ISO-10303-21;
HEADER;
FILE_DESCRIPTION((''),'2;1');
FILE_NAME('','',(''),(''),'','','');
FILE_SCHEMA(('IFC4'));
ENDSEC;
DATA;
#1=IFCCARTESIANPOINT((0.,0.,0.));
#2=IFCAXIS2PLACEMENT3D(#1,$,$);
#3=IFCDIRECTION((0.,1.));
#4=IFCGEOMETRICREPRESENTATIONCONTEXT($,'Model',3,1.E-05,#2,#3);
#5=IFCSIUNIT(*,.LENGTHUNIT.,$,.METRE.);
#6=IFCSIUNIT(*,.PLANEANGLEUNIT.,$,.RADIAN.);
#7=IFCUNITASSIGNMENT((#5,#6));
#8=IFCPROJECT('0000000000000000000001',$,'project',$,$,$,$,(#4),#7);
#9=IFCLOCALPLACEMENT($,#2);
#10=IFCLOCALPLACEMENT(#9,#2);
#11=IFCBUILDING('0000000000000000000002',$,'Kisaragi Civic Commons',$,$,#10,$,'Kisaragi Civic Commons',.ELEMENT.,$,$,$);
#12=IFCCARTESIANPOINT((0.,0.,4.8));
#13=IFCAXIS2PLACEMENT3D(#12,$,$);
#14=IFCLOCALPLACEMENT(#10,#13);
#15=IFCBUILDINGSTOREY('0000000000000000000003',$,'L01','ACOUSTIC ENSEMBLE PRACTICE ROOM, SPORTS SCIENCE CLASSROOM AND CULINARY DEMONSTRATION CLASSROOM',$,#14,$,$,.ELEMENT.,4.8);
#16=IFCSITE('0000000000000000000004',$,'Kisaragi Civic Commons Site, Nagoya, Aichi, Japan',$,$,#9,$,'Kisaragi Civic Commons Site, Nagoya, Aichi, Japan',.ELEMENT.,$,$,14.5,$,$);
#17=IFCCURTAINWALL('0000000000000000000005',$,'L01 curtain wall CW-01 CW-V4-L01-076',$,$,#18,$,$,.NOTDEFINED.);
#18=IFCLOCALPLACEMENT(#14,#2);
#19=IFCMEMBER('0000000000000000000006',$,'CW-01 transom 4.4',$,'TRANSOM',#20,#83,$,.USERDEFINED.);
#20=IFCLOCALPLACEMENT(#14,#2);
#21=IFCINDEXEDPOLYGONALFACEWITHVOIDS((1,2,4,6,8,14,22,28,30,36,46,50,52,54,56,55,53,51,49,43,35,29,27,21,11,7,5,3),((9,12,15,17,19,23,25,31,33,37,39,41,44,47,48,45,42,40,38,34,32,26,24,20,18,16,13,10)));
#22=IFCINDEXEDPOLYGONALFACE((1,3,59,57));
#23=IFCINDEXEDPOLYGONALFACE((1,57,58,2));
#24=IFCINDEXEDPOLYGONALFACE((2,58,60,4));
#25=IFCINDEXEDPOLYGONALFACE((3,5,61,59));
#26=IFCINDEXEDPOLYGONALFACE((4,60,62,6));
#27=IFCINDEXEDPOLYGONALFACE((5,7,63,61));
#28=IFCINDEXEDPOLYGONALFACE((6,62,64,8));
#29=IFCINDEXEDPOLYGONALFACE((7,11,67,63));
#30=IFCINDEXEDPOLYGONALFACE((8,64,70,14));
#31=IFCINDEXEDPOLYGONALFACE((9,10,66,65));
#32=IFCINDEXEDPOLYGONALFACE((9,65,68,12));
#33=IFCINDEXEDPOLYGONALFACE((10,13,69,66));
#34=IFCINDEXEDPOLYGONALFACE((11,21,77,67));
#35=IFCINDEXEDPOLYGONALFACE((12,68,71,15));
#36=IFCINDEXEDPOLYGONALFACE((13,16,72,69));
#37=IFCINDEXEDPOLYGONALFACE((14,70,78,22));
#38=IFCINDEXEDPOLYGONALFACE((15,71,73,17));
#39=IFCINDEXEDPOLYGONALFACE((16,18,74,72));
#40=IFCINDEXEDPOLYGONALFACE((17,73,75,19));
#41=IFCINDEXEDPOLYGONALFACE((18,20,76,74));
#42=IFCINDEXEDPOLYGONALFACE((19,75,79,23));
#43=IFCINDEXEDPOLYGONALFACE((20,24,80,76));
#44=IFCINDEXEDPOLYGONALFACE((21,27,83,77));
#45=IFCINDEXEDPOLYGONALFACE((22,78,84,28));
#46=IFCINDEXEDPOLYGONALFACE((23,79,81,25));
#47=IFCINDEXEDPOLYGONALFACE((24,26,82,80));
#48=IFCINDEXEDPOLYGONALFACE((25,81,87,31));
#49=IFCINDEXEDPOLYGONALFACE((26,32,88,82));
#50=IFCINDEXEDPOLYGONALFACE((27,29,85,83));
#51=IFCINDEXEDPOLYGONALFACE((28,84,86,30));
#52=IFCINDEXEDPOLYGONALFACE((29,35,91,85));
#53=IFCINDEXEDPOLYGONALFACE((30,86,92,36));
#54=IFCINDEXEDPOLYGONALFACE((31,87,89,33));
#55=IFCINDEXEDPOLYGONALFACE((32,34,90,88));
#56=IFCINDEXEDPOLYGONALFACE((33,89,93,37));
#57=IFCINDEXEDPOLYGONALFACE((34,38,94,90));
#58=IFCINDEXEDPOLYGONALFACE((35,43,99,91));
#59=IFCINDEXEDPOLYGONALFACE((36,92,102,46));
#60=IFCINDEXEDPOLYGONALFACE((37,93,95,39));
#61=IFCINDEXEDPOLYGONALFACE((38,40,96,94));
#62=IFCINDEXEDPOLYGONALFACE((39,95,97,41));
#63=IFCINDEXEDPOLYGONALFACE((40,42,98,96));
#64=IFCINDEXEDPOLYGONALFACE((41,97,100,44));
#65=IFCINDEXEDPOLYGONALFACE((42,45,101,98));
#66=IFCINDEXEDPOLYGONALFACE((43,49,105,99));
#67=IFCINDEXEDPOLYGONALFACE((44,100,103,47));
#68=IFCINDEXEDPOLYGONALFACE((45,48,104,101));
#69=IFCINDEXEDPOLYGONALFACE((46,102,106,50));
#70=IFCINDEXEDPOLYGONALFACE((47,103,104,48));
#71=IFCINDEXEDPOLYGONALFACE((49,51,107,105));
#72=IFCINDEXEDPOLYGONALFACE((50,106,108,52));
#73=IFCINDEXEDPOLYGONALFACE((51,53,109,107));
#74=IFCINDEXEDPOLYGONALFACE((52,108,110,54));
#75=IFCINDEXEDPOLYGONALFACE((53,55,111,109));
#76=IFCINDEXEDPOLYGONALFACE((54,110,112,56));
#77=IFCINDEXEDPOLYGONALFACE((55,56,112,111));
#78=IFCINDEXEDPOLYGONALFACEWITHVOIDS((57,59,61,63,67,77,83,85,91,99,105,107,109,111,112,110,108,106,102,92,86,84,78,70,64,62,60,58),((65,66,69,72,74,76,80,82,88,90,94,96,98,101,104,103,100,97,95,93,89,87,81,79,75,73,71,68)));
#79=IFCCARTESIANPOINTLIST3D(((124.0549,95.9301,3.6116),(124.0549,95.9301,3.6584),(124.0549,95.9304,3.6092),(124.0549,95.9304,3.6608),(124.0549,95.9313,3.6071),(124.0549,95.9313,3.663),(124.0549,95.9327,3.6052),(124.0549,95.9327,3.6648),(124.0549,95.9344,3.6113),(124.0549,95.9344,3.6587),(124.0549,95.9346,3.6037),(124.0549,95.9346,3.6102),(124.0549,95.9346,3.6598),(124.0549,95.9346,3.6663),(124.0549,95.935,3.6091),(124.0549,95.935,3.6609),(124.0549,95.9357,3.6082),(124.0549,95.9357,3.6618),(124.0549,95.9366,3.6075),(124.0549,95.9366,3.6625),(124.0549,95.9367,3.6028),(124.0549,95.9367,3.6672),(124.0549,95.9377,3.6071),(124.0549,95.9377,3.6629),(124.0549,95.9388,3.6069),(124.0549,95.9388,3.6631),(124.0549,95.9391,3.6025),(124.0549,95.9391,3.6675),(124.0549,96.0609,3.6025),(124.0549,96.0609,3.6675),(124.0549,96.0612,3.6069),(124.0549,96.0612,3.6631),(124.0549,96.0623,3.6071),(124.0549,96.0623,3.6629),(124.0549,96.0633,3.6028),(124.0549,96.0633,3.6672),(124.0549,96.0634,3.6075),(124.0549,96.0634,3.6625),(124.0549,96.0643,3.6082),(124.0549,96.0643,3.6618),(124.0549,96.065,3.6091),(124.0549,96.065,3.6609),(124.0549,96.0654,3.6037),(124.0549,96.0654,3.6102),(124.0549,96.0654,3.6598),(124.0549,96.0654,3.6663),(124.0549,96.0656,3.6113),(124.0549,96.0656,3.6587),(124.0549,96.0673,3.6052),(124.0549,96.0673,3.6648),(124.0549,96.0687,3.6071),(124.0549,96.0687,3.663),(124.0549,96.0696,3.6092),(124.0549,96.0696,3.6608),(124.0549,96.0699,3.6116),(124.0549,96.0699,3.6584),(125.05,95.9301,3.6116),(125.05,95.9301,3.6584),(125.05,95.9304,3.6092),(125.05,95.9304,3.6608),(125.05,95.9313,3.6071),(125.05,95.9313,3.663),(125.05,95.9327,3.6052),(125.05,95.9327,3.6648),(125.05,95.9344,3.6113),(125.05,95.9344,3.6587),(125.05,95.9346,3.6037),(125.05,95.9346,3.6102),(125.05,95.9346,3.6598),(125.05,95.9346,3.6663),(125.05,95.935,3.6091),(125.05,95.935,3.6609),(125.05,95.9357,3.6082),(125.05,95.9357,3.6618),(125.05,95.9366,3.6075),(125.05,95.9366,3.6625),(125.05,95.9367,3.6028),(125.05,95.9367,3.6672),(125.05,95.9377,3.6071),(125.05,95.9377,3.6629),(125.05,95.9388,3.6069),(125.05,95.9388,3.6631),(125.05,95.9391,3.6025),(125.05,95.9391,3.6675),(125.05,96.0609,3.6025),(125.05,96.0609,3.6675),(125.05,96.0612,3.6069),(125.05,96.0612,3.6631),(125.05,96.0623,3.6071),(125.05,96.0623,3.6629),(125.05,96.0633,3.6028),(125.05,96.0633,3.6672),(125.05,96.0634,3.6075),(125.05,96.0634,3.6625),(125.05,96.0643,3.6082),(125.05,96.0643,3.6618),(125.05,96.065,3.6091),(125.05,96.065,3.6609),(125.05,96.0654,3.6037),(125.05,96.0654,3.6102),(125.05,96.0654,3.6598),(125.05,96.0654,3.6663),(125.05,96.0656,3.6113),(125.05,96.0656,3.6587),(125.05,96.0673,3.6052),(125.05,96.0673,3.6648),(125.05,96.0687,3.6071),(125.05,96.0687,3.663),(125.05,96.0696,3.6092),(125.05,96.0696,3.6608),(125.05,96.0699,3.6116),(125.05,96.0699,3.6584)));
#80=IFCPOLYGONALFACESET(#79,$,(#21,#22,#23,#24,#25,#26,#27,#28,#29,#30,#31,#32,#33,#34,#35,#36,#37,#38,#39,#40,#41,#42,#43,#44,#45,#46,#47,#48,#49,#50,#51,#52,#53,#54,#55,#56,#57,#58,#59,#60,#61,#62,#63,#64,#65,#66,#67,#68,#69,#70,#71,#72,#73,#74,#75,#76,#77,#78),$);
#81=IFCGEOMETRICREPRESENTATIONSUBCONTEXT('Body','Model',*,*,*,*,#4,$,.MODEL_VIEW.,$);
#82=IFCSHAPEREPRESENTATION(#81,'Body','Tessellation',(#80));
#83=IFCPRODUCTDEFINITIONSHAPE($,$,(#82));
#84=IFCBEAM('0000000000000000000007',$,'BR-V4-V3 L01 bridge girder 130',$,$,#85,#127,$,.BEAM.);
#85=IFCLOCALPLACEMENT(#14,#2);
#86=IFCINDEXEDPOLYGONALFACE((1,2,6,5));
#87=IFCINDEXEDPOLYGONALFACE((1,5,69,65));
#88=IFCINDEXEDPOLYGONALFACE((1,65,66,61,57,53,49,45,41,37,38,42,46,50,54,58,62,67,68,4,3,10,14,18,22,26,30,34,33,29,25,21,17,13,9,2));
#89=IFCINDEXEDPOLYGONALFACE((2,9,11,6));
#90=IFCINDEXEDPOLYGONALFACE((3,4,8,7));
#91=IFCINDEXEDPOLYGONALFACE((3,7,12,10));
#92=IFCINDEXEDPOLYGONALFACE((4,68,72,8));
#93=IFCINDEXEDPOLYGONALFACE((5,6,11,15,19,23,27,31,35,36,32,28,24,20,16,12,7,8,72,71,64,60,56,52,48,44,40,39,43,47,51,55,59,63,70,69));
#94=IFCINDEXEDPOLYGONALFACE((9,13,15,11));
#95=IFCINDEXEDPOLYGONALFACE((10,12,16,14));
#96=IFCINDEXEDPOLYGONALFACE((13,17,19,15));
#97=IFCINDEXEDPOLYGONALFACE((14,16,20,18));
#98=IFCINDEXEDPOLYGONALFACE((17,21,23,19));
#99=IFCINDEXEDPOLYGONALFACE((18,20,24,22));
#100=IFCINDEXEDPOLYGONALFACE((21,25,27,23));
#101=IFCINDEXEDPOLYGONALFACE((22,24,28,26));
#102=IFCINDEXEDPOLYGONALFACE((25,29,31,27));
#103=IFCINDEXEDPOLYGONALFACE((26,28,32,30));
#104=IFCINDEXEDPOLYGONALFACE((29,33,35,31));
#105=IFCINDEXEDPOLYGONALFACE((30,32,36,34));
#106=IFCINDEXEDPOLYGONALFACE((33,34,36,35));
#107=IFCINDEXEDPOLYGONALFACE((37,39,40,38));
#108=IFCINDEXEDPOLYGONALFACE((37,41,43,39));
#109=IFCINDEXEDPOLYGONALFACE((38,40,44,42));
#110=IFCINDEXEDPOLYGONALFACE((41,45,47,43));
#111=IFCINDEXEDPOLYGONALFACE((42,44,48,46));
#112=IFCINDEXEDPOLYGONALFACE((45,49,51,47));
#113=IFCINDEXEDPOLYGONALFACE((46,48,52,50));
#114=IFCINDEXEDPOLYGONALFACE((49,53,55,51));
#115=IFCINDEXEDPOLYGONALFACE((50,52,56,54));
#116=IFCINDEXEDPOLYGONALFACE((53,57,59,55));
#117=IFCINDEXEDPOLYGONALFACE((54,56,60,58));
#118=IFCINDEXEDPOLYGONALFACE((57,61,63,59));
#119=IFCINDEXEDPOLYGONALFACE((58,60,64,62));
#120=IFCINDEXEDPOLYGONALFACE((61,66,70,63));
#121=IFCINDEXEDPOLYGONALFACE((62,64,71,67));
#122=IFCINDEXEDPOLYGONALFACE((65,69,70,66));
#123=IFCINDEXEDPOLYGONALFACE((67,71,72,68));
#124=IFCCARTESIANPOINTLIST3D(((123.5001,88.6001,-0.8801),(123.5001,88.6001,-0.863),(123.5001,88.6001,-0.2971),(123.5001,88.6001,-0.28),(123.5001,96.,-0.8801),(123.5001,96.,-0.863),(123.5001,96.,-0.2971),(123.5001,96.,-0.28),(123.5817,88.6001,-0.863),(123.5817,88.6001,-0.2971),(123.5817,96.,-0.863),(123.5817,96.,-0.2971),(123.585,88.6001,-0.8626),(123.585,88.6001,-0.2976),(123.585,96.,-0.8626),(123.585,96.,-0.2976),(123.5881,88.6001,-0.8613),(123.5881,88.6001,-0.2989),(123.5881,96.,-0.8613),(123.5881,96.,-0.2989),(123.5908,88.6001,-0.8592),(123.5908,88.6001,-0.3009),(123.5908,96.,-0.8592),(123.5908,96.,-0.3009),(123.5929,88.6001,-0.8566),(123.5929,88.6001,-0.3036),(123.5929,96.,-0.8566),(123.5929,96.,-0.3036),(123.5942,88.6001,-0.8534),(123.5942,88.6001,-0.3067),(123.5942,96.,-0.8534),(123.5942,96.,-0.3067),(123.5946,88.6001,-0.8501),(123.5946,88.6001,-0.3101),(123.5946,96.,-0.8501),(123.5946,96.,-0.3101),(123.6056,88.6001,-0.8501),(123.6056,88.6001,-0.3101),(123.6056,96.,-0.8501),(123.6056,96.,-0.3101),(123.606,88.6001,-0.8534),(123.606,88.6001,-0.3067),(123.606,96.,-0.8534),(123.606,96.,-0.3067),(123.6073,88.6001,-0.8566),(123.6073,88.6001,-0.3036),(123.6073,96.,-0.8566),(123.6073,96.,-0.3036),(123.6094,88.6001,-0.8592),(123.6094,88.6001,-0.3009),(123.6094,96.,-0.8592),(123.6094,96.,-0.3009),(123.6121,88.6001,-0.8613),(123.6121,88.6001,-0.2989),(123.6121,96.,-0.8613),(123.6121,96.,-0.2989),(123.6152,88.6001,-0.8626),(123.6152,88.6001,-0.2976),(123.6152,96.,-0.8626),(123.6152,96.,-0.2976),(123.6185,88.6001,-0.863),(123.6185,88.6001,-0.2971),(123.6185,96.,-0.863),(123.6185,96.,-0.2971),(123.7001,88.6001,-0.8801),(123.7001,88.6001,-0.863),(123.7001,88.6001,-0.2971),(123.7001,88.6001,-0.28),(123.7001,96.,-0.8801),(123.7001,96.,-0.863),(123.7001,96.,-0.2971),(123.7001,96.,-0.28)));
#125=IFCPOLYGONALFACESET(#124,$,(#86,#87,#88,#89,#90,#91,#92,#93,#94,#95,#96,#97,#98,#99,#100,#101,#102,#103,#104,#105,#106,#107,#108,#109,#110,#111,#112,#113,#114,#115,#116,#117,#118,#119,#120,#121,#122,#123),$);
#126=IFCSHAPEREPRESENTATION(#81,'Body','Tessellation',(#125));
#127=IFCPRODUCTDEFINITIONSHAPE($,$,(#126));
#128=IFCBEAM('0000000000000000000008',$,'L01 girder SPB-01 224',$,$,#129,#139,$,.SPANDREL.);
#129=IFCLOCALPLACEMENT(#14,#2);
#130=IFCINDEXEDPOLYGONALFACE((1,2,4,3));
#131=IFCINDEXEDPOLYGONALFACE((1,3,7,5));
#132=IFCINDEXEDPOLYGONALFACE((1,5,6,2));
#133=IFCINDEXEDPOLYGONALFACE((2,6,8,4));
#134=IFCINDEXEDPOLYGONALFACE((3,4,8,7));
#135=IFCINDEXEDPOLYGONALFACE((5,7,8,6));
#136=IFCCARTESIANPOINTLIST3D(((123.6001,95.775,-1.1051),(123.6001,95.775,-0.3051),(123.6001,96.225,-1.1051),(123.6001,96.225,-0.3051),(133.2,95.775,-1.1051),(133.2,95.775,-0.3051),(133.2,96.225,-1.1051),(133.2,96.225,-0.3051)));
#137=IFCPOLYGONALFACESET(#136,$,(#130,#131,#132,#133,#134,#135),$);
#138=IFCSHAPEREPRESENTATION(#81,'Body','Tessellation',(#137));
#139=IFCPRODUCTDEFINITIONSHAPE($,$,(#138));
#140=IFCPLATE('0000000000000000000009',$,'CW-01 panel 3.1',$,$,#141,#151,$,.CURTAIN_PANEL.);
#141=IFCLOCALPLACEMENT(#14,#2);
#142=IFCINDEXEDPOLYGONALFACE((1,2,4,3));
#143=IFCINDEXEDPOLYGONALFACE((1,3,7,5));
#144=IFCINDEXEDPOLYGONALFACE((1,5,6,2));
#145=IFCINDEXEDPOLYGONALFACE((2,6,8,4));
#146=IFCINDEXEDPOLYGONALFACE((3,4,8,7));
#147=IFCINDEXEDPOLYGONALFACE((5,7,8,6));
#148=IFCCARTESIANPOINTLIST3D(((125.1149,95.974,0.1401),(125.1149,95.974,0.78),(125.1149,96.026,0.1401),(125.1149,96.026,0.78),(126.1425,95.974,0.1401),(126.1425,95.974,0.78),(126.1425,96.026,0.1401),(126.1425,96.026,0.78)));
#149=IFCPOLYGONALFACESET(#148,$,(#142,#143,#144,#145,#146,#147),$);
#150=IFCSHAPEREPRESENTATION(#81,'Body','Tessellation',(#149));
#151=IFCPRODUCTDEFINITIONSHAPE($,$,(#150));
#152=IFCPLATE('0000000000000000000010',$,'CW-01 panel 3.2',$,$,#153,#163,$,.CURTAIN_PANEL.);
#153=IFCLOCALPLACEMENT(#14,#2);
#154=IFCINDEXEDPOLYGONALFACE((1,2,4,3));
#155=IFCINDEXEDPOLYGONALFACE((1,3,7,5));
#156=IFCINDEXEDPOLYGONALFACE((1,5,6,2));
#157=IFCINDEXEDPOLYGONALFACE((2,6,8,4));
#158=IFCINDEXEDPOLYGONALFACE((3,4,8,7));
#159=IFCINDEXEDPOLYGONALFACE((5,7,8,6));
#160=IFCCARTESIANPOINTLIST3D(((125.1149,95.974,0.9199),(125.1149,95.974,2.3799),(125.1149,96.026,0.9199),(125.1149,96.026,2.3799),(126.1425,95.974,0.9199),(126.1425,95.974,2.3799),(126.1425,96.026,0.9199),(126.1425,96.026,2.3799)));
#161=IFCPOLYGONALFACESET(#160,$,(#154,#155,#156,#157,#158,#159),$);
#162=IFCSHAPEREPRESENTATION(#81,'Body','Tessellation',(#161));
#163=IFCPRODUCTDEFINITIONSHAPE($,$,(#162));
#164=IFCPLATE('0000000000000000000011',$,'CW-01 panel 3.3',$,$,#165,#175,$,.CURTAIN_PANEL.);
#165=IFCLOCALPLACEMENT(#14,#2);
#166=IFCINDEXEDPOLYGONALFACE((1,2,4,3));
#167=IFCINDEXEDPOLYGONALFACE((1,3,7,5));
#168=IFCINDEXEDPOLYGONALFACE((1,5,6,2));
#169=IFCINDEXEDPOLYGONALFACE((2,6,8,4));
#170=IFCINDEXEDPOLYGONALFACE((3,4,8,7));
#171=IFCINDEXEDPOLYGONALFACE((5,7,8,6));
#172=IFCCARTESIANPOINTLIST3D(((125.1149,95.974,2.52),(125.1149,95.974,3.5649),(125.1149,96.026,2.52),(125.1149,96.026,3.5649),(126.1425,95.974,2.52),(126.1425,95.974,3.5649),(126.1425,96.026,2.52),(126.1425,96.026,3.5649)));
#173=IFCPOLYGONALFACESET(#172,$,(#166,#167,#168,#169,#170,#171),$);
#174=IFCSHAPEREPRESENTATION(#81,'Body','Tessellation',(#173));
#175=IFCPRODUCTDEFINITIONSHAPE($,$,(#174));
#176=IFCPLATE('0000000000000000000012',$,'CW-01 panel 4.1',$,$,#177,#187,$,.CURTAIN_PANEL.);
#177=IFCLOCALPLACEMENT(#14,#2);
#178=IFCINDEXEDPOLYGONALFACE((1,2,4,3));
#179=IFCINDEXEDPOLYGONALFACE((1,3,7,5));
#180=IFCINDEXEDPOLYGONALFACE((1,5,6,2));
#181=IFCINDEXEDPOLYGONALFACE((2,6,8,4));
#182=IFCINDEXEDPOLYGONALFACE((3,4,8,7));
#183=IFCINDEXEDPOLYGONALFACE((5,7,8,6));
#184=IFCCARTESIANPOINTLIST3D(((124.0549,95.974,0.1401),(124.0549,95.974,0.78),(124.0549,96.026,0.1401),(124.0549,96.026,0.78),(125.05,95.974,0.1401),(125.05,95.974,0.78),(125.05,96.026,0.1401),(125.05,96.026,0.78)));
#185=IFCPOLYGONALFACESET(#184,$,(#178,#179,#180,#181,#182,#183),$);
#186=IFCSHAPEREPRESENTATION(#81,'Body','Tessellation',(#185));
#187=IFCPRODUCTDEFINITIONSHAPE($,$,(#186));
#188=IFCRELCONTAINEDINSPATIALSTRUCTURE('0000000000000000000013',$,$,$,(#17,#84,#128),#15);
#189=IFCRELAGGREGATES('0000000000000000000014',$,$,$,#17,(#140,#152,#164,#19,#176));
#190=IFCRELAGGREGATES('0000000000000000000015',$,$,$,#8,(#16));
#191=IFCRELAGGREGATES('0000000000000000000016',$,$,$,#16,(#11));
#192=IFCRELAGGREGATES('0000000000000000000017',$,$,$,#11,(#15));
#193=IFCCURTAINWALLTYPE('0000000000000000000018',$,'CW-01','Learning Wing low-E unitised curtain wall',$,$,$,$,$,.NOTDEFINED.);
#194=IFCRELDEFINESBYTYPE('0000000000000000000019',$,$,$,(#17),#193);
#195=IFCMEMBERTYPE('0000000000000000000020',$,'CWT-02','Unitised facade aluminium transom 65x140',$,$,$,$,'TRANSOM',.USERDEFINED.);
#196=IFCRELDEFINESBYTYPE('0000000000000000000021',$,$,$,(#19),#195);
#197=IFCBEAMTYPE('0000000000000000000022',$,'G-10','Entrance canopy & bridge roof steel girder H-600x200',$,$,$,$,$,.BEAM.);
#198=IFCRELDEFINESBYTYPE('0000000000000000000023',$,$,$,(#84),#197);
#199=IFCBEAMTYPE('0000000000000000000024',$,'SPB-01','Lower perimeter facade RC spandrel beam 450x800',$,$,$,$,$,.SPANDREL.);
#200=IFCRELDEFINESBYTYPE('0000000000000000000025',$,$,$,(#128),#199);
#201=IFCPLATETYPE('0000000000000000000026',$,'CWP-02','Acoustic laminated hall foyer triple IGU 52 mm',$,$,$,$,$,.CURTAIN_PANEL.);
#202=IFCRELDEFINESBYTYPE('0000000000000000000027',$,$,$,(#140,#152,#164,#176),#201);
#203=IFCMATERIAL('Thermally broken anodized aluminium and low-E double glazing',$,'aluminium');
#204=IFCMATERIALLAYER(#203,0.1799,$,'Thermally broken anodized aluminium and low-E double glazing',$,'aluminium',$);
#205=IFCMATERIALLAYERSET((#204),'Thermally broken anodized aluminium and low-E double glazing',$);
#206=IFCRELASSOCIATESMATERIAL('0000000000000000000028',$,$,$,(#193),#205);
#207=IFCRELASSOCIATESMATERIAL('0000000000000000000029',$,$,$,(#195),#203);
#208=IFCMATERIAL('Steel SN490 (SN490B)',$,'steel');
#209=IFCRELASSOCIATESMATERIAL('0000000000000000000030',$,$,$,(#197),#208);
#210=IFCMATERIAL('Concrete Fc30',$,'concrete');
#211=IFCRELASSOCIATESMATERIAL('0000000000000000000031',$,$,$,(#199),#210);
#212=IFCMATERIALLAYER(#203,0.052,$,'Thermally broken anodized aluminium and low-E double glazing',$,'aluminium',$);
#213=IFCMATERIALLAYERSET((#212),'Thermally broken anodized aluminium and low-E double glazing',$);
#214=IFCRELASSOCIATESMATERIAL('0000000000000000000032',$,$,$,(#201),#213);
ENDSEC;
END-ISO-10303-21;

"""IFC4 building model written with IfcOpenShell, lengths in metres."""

from ifc_helpers import new_model, si_unit, direction, frame, origin, origin_2d, place, context, subcontext, project, spatial, rectangle, hollow_rectangle, i_section, extrude, material, layer, layer_set, material_profile, profile_set, type_object, element, aggregate, save


model = new_model("IFC4")

# Units and contexts
model_context = context("Model", 3, precision=1e-05, world=origin(), true_north=direction((0.0, 1.0)))
body_context = subcontext(model_context, "Body", "Model", "MODEL_VIEW")
ifc_project = project(units=[si_unit("LENGTHUNIT", "METRE"), si_unit("PLANEANGLEUNIT", "RADIAN")], contexts=[model_context])

# Site, building, storey
site_placement = place(None, origin())
site = spatial("IfcSite", under=ifc_project, at=site_placement, Name="Kisaragi Civic Commons Site, Nagoya, Aichi, Japan", LongName="Kisaragi Civic Commons Site, Nagoya, Aichi, Japan", CompositionType="ELEMENT", RefElevation=14.5)
building_placement = place(site_placement, origin())
building = spatial("IfcBuilding", under=site, at=building_placement, Name="Kisaragi Civic Commons", LongName="Kisaragi Civic Commons", CompositionType="ELEMENT")
storey_placement = place(building_placement, frame((0.0, 0.0, 4.8)))
storey = spatial("IfcBuildingStorey", under=building, at=storey_placement, Name="L01", Description="ACOUSTIC ENSEMBLE PRACTICE ROOM, SPORTS SCIENCE CLASSROOM AND CULINARY DEMONSTRATION CLASSROOM", CompositionType="ELEMENT", Elevation=4.8)

# Curtain wall, member
ifc_material_1 = material(Name="Thermally broken anodized aluminium and low-E double glazing", Category="aluminium")
ifc_layer_1 = layer(ifc_material_1, 0.1799, Name="Thermally broken anodized aluminium and low-E double glazing", Category="aluminium")
ifc_layer_set_1 = layer_set([ifc_layer_1], Name="Thermally broken anodized aluminium and low-E double glazing")
curtain_wall_type = type_object("IfcCurtainWallType", Name="CW-01", Description="Learning Wing low-E unitised curtain wall", PredefinedType="NOTDEFINED", material=ifc_layer_set_1)
curtain_wall_placement = place(storey_placement, origin())
curtain_wall = element("IfcCurtainWall", 1, at=curtain_wall_placement, inside=storey, type_object=curtain_wall_type, Name="L01 curtain wall CW-01 CW-V4-L01-076", PredefinedType="NOTDEFINED")
ifc_material_profile_1 = material_profile(ifc_material_1, hollow_rectangle(XDim=0.1399, YDim=0.0649, WallThickness=0.0044, InnerFilletRadius=0.0044, OuterFilletRadius=0.009, at=origin_2d()), Name="CWT-65x140x4.5", Category="aluminium")
ifc_profile_set_1 = profile_set([ifc_material_profile_1], Name="Thermally broken anodized aluminium and low-E double glazing")
member_type_1 = type_object("IfcMemberType", Name="CWT-02", Description="Unitised facade aluminium transom 65x140", ElementType="TRANSOM", PredefinedType="USERDEFINED", material=ifc_profile_set_1)
member_1_placement = place(storey_placement, frame((125.05, 96.0, 3.635), z_axis=(-1.0, 0.0, 0.0), x_axis=(0.0, -1.0, 0.0)))
member_1 = element("IfcMember", 2, at=member_1_placement, type_object=member_type_1, Name="CW-01 transom 4.4", ObjectType="TRANSOM", PredefinedType="USERDEFINED", context=body_context, shape_type="SweptSolid", body=[
    extrude(hollow_rectangle(XDim=0.1399, YDim=0.0649, WallThickness=0.0044, InnerFilletRadius=0.0044, OuterFilletRadius=0.009, at=origin_2d()), origin(), (0.0, 0.0, 1.0), 0.9951),
])

# Beams
ifc_material_2 = material(Name="Steel SN490 (SN490B)", Category="steel")
ifc_material_profile_2 = material_profile(ifc_material_2, i_section(OverallWidth=0.2, OverallDepth=0.6001, WebThickness=0.011, FlangeThickness=0.0171, FilletRadius=0.0129, at=origin_2d()), Name="H-600x200x11x17", Category="steel")
ifc_profile_set_2 = profile_set([ifc_material_profile_2], Name="Steel SN490 (SN490B)")
beam_type_1 = type_object("IfcBeamType", Name="G-10", Description="Entrance canopy & bridge roof steel girder H-600x200", PredefinedType="BEAM", material=ifc_profile_set_2)
beam_1_placement = place(storey_placement, frame((123.6001, 96.0, -0.5801), z_axis=(0.0, -1.0, 0.0), x_axis=(1.0, 0.0, 0.0)))
element("IfcBeam", 3, at=beam_1_placement, inside=storey, type_object=beam_type_1, Name="BR-V4-V3 L01 bridge girder 130", PredefinedType="BEAM", context=body_context, shape_type="SweptSolid", body=[
    extrude(i_section(OverallWidth=0.2, OverallDepth=0.6001, WebThickness=0.011, FlangeThickness=0.0171, FilletRadius=0.0129, at=origin_2d()), origin(), (0.0, 0.0, 1.0), 7.3999),
])
ifc_material_3 = material(Name="Concrete Fc30", Category="concrete")
ifc_material_profile_3 = material_profile(ifc_material_3, rectangle(XDim=0.45, YDim=0.8, at=origin_2d()), Name="RC-450x800", Category="concrete")
ifc_profile_set_3 = profile_set([ifc_material_profile_3], Name="Concrete Fc30")
beam_type_2 = type_object("IfcBeamType", Name="SPB-01", Description="Lower perimeter facade RC spandrel beam 450x800", PredefinedType="SPANDREL", material=ifc_profile_set_3)
beam_2_placement = place(storey_placement, frame((123.6001, 96.0, -0.7051), z_axis=(1.0, 0.0, 0.0), x_axis=(0.0, 1.0, 0.0)))
element("IfcBeam", 4, at=beam_2_placement, inside=storey, type_object=beam_type_2, Name="L01 girder SPB-01 224", PredefinedType="SPANDREL", context=body_context, shape_type="SweptSolid", body=[
    extrude(rectangle(XDim=0.45, YDim=0.8, at=origin_2d()), origin(), (0.0, 0.0, 1.0), 9.5999),
])

# Plates
ifc_layer_2 = layer(ifc_material_1, 0.052, Name="Thermally broken anodized aluminium and low-E double glazing", Category="aluminium")
ifc_layer_set_2 = layer_set([ifc_layer_2], Name="Thermally broken anodized aluminium and low-E double glazing")
plate_type = type_object("IfcPlateType", Name="CWP-02", Description="Acoustic laminated hall foyer triple IGU 52 mm", PredefinedType="CURTAIN_PANEL", material=ifc_layer_set_2)
plate_1_placement = place(storey_placement, frame((125.6287, 96.0, 0.1401), z_axis=(0.0, 0.0, 1.0), x_axis=(-1.0, 0.0, 0.0)))
plate_1 = element("IfcPlate", 5, at=plate_1_placement, type_object=plate_type, Name="CW-01 panel 3.1", PredefinedType="CURTAIN_PANEL", context=body_context, shape_type="SweptSolid", body=[
    extrude(rectangle(XDim=1.0276, YDim=0.052, at=origin_2d()), origin(), (0.0, 0.0, 1.0), 0.6399),
])
plate_2_placement = place(storey_placement, frame((125.6287, 96.0, 0.9199), z_axis=(0.0, 0.0, 1.0), x_axis=(-1.0, 0.0, 0.0)))
plate_2 = element("IfcPlate", 6, at=plate_2_placement, type_object=plate_type, Name="CW-01 panel 3.2", PredefinedType="CURTAIN_PANEL", context=body_context, shape_type="SweptSolid", body=[
    extrude(rectangle(XDim=1.0276, YDim=0.052, at=origin_2d()), origin(), (0.0, 0.0, 1.0), 1.46),
])
plate_3_placement = place(storey_placement, frame((125.6287, 96.0, 2.52), z_axis=(0.0, 0.0, 1.0), x_axis=(-1.0, 0.0, 0.0)))
plate_3 = element("IfcPlate", 7, at=plate_3_placement, type_object=plate_type, Name="CW-01 panel 3.3", PredefinedType="CURTAIN_PANEL", context=body_context, shape_type="SweptSolid", body=[
    extrude(rectangle(XDim=1.0276, YDim=0.052, at=origin_2d()), origin(), (0.0, 0.0, 1.0), 1.0449),
])
plate_4_placement = place(storey_placement, frame((124.5525, 96.0, 0.1401), z_axis=(0.0, 0.0, 1.0), x_axis=(-1.0, 0.0, 0.0)))
plate_4 = element("IfcPlate", 8, at=plate_4_placement, type_object=plate_type, Name="CW-01 panel 4.1", PredefinedType="CURTAIN_PANEL", context=body_context, shape_type="SweptSolid", body=[
    extrude(rectangle(XDim=0.9951, YDim=0.052, at=origin_2d()), origin(), (0.0, 0.0, 1.0), 0.6399),
])
aggregate(curtain_wall, [plate_1, plate_2, plate_3, member_1, plate_4])

save(model, "model.ifc")
